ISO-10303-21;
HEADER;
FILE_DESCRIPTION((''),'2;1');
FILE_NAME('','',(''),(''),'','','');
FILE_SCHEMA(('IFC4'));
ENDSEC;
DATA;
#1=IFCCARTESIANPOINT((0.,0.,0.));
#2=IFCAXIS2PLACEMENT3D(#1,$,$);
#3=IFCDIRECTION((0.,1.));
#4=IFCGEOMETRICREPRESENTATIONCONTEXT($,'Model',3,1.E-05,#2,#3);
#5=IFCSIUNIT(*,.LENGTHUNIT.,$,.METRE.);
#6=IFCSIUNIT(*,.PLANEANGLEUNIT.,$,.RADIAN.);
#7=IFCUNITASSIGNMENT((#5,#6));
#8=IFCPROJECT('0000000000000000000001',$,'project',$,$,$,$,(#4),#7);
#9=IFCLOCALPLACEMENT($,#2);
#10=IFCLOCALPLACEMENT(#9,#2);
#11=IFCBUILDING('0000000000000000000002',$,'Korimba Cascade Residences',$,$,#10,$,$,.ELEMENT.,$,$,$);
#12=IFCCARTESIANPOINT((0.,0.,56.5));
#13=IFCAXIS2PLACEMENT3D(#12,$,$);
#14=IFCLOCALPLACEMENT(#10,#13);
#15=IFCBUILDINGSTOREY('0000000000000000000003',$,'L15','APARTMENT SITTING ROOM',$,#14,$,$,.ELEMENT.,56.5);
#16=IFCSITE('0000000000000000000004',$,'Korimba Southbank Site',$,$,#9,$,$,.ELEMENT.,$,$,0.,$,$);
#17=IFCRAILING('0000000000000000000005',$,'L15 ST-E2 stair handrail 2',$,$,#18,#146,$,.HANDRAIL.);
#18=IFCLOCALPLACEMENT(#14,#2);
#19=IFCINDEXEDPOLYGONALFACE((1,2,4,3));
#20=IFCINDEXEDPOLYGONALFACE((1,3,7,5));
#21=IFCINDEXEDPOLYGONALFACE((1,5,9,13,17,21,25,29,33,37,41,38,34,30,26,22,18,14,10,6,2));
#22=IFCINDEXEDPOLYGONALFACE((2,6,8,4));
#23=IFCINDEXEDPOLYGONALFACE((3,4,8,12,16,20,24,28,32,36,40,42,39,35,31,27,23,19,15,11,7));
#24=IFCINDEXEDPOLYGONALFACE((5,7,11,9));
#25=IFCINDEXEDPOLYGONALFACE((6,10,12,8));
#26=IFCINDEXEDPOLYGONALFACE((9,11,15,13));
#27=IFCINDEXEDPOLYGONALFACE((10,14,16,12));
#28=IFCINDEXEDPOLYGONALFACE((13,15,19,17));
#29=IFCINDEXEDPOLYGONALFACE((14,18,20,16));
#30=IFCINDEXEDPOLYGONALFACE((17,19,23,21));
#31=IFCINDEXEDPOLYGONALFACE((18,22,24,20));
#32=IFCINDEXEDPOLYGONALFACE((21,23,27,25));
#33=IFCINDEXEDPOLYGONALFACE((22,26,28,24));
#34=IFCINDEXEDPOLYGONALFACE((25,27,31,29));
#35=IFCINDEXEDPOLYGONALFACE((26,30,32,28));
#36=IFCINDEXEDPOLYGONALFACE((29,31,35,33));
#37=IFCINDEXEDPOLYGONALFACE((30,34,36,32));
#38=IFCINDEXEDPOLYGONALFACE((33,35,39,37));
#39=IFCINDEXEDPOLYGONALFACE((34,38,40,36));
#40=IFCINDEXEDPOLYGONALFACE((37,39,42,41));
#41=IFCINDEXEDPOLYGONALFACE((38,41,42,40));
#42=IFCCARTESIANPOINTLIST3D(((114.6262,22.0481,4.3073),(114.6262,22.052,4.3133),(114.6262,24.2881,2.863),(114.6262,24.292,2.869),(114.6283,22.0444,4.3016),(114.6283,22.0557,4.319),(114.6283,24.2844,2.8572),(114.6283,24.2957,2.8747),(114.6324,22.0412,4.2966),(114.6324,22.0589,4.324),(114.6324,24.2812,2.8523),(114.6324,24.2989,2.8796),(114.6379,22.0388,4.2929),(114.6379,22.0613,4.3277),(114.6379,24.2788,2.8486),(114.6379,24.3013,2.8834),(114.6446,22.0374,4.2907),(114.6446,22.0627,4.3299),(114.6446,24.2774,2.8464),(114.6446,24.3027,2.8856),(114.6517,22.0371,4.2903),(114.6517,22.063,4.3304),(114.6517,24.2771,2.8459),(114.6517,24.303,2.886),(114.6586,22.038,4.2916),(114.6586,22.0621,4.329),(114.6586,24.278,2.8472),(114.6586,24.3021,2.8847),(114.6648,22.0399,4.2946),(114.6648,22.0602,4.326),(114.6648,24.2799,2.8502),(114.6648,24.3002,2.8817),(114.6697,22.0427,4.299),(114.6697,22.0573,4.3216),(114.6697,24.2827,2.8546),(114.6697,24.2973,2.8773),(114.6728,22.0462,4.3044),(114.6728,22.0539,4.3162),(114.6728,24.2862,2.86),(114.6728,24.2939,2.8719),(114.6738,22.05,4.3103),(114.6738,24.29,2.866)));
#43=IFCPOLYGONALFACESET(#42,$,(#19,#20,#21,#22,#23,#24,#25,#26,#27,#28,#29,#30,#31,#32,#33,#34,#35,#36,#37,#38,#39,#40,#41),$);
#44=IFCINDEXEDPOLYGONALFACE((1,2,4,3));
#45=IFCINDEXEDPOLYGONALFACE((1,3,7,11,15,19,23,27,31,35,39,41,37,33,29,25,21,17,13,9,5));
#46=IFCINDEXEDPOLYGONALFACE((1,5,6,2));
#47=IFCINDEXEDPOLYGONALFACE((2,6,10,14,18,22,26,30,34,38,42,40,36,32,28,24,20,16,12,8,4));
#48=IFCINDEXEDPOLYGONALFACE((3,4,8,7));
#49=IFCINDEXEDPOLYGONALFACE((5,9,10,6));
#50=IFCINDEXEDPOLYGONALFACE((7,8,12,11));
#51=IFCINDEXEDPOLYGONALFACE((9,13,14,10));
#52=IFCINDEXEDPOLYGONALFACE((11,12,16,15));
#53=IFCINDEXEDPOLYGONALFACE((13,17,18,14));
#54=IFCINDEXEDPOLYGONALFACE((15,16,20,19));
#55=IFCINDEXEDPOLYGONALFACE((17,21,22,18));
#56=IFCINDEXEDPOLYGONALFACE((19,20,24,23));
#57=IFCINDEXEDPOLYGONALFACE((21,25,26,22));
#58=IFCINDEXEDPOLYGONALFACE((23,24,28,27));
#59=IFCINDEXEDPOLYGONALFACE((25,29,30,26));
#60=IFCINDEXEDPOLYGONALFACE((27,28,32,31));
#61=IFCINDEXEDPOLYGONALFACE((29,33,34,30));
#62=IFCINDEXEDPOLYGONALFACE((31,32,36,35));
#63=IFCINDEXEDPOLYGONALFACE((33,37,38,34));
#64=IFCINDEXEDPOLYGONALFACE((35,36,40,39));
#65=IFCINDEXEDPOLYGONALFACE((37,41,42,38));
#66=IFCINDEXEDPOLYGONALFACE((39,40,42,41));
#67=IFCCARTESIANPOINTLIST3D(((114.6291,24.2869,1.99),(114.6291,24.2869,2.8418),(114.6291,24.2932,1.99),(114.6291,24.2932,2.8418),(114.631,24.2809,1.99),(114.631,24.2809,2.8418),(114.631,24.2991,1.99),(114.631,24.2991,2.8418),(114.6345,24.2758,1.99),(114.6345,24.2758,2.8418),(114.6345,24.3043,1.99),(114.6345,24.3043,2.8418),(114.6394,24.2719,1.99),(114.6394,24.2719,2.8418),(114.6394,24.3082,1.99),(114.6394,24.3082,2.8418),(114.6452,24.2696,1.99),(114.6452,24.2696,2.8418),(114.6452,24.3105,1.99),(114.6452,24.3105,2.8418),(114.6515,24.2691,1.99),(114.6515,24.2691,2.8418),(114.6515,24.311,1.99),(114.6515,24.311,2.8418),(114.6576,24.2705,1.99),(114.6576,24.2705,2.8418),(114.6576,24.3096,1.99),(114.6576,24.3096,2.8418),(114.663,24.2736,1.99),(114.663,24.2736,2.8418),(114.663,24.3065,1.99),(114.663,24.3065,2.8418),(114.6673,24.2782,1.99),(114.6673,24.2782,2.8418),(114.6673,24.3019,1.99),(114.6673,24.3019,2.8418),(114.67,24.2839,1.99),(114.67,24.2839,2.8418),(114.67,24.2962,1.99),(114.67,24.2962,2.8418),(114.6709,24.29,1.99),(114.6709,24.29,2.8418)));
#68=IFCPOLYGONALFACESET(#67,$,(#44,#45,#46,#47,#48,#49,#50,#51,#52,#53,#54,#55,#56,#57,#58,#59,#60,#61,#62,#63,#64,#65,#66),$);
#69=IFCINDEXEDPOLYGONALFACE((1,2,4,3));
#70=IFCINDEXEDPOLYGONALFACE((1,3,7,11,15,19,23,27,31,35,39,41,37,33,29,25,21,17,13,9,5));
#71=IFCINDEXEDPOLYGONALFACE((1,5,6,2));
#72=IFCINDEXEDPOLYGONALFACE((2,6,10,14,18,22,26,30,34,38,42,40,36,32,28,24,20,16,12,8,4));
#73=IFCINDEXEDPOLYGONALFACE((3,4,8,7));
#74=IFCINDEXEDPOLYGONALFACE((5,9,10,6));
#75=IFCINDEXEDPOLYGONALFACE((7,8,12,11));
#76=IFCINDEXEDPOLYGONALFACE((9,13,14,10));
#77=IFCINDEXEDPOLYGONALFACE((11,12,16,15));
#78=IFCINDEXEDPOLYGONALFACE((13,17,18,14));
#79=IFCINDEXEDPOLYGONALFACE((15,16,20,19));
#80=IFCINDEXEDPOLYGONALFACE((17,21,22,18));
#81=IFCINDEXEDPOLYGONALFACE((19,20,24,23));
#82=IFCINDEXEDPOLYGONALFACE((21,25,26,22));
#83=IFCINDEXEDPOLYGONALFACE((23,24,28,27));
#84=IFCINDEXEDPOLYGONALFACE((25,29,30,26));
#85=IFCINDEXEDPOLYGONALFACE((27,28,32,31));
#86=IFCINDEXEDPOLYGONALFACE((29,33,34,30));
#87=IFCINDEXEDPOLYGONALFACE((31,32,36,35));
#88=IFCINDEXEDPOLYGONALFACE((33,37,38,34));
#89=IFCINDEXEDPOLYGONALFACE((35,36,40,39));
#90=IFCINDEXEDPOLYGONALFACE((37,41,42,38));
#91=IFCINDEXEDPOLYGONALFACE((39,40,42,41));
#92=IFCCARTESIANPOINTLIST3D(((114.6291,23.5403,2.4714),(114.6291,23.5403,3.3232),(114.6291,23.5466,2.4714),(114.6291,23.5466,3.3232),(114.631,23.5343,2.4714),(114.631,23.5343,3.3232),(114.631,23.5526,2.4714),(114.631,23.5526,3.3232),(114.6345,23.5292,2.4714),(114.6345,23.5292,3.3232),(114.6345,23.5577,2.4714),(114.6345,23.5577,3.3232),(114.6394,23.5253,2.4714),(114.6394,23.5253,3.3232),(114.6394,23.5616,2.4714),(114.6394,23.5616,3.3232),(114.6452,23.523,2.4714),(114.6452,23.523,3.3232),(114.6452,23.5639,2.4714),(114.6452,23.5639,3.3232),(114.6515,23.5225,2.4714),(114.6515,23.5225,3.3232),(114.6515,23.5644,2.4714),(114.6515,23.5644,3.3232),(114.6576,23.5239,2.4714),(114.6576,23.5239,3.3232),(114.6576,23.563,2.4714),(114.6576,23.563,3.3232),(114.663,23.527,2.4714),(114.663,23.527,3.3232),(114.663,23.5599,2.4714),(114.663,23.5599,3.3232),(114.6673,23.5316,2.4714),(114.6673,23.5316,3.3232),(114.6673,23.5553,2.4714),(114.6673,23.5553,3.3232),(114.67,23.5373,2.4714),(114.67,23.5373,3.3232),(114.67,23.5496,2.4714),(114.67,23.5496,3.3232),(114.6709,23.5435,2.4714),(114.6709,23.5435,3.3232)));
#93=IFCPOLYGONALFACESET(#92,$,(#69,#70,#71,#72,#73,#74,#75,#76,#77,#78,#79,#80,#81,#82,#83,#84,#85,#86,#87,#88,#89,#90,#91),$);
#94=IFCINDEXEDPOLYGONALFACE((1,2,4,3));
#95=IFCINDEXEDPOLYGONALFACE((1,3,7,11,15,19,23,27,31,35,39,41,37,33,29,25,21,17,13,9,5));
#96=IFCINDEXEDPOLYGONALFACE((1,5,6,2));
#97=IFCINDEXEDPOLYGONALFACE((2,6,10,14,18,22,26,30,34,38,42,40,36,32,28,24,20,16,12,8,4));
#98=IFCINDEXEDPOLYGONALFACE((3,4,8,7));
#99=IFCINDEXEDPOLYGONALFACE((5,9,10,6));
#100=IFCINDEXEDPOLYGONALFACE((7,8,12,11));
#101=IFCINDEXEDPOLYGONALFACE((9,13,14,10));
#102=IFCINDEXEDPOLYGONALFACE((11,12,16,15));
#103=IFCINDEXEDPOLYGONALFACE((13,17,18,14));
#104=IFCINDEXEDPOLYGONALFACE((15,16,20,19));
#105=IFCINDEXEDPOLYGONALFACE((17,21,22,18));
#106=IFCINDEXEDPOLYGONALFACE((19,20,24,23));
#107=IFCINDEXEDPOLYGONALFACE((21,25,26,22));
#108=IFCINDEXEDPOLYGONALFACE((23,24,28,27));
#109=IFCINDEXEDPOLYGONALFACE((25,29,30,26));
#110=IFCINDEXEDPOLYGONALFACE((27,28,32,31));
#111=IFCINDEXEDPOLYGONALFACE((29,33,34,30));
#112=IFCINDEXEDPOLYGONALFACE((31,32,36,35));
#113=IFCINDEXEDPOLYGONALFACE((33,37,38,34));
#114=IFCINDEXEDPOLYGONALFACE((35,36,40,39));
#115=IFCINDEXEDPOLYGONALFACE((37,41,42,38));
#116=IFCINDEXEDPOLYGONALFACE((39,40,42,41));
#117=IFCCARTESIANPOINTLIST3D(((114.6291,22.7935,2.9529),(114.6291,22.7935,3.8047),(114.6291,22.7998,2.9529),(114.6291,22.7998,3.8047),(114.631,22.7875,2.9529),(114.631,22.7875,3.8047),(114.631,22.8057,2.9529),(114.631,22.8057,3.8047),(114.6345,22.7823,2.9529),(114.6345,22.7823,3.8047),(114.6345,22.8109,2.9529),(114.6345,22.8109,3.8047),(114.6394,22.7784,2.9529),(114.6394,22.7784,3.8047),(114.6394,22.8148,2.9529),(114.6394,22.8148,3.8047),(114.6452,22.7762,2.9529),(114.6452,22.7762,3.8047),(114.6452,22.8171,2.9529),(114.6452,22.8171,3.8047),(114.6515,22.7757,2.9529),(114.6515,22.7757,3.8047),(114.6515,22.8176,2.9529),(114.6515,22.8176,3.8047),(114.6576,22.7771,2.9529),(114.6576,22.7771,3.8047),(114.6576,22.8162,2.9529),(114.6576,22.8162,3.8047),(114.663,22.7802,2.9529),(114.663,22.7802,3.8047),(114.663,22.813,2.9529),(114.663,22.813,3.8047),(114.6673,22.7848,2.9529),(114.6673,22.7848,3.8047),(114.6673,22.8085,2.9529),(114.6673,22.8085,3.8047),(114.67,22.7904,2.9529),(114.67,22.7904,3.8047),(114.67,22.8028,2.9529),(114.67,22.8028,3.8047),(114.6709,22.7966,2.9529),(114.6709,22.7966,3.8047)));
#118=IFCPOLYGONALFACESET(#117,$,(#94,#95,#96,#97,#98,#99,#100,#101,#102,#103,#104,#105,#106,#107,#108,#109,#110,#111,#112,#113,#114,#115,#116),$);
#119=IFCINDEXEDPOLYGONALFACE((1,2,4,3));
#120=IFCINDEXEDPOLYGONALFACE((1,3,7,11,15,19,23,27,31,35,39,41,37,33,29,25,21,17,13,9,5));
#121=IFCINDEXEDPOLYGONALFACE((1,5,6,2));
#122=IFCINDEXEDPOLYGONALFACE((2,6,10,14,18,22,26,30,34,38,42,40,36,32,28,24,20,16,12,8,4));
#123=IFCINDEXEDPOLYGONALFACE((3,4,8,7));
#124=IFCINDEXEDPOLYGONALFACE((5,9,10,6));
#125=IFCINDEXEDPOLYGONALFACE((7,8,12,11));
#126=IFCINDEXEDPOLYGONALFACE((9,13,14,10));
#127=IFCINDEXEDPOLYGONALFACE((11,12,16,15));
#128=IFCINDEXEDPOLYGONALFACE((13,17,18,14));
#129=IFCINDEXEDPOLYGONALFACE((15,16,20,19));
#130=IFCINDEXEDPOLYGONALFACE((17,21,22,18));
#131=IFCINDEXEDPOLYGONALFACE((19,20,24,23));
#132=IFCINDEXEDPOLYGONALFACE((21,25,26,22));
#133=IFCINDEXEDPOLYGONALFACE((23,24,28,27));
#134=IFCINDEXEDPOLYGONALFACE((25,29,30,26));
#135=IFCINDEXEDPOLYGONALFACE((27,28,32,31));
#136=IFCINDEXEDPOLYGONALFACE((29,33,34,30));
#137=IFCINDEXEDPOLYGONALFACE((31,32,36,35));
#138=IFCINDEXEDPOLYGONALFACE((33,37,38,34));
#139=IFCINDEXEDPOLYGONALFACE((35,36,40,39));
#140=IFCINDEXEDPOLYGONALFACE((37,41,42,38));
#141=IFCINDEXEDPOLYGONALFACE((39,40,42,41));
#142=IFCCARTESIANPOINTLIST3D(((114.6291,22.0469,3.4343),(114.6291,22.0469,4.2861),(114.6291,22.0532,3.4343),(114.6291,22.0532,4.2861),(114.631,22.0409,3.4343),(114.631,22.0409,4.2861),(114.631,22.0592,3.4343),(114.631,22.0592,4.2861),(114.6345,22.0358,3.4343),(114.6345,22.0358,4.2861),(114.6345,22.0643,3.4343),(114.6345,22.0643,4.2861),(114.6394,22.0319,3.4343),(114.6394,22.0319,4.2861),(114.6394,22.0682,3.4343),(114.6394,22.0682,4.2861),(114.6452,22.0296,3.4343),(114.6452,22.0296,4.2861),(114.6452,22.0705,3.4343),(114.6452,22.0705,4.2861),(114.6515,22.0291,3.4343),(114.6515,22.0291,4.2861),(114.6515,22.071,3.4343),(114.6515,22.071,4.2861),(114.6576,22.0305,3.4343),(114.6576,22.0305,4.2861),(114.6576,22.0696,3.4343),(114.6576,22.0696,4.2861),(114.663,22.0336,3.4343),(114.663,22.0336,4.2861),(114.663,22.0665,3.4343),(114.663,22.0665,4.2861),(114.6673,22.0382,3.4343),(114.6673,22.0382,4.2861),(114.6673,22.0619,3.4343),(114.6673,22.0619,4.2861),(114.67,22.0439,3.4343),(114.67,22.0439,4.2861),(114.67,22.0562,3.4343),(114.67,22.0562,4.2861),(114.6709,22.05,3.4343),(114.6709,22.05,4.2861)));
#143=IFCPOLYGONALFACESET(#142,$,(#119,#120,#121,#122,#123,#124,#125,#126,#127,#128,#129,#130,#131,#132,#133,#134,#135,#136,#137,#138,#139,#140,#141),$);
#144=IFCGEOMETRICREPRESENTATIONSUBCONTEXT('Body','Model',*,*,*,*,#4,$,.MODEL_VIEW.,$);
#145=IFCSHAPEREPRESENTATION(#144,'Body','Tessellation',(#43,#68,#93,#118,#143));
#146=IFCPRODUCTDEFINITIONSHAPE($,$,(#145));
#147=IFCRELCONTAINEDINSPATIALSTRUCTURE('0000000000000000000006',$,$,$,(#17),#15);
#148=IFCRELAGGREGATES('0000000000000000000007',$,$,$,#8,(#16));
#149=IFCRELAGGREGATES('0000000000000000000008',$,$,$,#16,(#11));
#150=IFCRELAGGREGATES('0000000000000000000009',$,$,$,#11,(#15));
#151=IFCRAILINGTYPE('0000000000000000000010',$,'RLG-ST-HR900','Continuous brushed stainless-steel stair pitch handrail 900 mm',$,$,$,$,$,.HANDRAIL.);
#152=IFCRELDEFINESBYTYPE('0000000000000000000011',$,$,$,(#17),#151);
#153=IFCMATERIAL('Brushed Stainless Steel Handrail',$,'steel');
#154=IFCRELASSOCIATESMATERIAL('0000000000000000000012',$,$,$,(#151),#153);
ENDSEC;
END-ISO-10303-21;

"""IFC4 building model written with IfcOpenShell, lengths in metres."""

from ifc_helpers import new_model, si_unit, direction, frame, origin, origin_2d, place, context, subcontext, project, spatial, circle, extrude, material, type_object, element, save


model = new_model("IFC4")

# Units and contexts
model_context = context("Model", 3, precision=1e-05, world=origin(), true_north=direction((0.0, 1.0)))
body_context = subcontext(model_context, "Body", "Model", "MODEL_VIEW")
ifc_project = project(units=[si_unit("LENGTHUNIT", "METRE"), si_unit("PLANEANGLEUNIT", "RADIAN")], contexts=[model_context])

# Site, building, storey
site_placement = place(None, origin())
site = spatial("IfcSite", under=ifc_project, at=site_placement, Name="Korimba Southbank Site", CompositionType="ELEMENT", RefElevation=0.0)
building_placement = place(site_placement, origin())
building = spatial("IfcBuilding", under=site, at=building_placement, Name="Korimba Cascade Residences", CompositionType="ELEMENT")
storey_placement = place(building_placement, frame((0.0, 0.0, 56.5)))
storey = spatial("IfcBuildingStorey", under=building, at=storey_placement, Name="L15", Description="APARTMENT SITTING ROOM", CompositionType="ELEMENT", Elevation=56.5)

# Railing
ifc_material_1 = material(Name="Brushed Stainless Steel Handrail", Category="steel")
railing_type_1 = type_object("IfcRailingType", Name="RLG-ST-HR900", Description="Continuous brushed stainless-steel stair pitch handrail 900 mm", PredefinedType="HANDRAIL", material=ifc_material_1)
railing_1_placement = place(storey_placement, frame((114.6499, 24.29, 1.99)))
element("IfcRailing", 1, at=railing_1_placement, inside=storey, type_object=railing_type_1, Name="L15 ST-E2 stair handrail 2", PredefinedType="HANDRAIL", context=body_context, shape_type="SweptSolid", body=[
    extrude(circle(Radius=0.0239, at=origin_2d()), frame((0.0, 0.0, 0.876), z_axis=(0.0, -0.840437, 0.54191), x_axis=(1.0, 0.0, 0.0)), (0.0, 0.0, 1.0), 2.6653),
    extrude(circle(Radius=0.021, at=origin_2d()), origin(), (0.0, 0.0, 1.0), 0.8518),
    extrude(circle(Radius=0.021, at=origin_2d()), frame((0.0, -0.7466, 0.4814)), (0.0, 0.0, 1.0), 0.8518),
    extrude(circle(Radius=0.021, at=origin_2d()), frame((0.0, -1.4934, 0.9629)), (0.0, 0.0, 1.0), 0.8518),
    extrude(circle(Radius=0.021, at=origin_2d()), frame((0.0, -2.24, 1.4443)), (0.0, 0.0, 1.0), 0.8518),
])

save(model, "model.ifc")
